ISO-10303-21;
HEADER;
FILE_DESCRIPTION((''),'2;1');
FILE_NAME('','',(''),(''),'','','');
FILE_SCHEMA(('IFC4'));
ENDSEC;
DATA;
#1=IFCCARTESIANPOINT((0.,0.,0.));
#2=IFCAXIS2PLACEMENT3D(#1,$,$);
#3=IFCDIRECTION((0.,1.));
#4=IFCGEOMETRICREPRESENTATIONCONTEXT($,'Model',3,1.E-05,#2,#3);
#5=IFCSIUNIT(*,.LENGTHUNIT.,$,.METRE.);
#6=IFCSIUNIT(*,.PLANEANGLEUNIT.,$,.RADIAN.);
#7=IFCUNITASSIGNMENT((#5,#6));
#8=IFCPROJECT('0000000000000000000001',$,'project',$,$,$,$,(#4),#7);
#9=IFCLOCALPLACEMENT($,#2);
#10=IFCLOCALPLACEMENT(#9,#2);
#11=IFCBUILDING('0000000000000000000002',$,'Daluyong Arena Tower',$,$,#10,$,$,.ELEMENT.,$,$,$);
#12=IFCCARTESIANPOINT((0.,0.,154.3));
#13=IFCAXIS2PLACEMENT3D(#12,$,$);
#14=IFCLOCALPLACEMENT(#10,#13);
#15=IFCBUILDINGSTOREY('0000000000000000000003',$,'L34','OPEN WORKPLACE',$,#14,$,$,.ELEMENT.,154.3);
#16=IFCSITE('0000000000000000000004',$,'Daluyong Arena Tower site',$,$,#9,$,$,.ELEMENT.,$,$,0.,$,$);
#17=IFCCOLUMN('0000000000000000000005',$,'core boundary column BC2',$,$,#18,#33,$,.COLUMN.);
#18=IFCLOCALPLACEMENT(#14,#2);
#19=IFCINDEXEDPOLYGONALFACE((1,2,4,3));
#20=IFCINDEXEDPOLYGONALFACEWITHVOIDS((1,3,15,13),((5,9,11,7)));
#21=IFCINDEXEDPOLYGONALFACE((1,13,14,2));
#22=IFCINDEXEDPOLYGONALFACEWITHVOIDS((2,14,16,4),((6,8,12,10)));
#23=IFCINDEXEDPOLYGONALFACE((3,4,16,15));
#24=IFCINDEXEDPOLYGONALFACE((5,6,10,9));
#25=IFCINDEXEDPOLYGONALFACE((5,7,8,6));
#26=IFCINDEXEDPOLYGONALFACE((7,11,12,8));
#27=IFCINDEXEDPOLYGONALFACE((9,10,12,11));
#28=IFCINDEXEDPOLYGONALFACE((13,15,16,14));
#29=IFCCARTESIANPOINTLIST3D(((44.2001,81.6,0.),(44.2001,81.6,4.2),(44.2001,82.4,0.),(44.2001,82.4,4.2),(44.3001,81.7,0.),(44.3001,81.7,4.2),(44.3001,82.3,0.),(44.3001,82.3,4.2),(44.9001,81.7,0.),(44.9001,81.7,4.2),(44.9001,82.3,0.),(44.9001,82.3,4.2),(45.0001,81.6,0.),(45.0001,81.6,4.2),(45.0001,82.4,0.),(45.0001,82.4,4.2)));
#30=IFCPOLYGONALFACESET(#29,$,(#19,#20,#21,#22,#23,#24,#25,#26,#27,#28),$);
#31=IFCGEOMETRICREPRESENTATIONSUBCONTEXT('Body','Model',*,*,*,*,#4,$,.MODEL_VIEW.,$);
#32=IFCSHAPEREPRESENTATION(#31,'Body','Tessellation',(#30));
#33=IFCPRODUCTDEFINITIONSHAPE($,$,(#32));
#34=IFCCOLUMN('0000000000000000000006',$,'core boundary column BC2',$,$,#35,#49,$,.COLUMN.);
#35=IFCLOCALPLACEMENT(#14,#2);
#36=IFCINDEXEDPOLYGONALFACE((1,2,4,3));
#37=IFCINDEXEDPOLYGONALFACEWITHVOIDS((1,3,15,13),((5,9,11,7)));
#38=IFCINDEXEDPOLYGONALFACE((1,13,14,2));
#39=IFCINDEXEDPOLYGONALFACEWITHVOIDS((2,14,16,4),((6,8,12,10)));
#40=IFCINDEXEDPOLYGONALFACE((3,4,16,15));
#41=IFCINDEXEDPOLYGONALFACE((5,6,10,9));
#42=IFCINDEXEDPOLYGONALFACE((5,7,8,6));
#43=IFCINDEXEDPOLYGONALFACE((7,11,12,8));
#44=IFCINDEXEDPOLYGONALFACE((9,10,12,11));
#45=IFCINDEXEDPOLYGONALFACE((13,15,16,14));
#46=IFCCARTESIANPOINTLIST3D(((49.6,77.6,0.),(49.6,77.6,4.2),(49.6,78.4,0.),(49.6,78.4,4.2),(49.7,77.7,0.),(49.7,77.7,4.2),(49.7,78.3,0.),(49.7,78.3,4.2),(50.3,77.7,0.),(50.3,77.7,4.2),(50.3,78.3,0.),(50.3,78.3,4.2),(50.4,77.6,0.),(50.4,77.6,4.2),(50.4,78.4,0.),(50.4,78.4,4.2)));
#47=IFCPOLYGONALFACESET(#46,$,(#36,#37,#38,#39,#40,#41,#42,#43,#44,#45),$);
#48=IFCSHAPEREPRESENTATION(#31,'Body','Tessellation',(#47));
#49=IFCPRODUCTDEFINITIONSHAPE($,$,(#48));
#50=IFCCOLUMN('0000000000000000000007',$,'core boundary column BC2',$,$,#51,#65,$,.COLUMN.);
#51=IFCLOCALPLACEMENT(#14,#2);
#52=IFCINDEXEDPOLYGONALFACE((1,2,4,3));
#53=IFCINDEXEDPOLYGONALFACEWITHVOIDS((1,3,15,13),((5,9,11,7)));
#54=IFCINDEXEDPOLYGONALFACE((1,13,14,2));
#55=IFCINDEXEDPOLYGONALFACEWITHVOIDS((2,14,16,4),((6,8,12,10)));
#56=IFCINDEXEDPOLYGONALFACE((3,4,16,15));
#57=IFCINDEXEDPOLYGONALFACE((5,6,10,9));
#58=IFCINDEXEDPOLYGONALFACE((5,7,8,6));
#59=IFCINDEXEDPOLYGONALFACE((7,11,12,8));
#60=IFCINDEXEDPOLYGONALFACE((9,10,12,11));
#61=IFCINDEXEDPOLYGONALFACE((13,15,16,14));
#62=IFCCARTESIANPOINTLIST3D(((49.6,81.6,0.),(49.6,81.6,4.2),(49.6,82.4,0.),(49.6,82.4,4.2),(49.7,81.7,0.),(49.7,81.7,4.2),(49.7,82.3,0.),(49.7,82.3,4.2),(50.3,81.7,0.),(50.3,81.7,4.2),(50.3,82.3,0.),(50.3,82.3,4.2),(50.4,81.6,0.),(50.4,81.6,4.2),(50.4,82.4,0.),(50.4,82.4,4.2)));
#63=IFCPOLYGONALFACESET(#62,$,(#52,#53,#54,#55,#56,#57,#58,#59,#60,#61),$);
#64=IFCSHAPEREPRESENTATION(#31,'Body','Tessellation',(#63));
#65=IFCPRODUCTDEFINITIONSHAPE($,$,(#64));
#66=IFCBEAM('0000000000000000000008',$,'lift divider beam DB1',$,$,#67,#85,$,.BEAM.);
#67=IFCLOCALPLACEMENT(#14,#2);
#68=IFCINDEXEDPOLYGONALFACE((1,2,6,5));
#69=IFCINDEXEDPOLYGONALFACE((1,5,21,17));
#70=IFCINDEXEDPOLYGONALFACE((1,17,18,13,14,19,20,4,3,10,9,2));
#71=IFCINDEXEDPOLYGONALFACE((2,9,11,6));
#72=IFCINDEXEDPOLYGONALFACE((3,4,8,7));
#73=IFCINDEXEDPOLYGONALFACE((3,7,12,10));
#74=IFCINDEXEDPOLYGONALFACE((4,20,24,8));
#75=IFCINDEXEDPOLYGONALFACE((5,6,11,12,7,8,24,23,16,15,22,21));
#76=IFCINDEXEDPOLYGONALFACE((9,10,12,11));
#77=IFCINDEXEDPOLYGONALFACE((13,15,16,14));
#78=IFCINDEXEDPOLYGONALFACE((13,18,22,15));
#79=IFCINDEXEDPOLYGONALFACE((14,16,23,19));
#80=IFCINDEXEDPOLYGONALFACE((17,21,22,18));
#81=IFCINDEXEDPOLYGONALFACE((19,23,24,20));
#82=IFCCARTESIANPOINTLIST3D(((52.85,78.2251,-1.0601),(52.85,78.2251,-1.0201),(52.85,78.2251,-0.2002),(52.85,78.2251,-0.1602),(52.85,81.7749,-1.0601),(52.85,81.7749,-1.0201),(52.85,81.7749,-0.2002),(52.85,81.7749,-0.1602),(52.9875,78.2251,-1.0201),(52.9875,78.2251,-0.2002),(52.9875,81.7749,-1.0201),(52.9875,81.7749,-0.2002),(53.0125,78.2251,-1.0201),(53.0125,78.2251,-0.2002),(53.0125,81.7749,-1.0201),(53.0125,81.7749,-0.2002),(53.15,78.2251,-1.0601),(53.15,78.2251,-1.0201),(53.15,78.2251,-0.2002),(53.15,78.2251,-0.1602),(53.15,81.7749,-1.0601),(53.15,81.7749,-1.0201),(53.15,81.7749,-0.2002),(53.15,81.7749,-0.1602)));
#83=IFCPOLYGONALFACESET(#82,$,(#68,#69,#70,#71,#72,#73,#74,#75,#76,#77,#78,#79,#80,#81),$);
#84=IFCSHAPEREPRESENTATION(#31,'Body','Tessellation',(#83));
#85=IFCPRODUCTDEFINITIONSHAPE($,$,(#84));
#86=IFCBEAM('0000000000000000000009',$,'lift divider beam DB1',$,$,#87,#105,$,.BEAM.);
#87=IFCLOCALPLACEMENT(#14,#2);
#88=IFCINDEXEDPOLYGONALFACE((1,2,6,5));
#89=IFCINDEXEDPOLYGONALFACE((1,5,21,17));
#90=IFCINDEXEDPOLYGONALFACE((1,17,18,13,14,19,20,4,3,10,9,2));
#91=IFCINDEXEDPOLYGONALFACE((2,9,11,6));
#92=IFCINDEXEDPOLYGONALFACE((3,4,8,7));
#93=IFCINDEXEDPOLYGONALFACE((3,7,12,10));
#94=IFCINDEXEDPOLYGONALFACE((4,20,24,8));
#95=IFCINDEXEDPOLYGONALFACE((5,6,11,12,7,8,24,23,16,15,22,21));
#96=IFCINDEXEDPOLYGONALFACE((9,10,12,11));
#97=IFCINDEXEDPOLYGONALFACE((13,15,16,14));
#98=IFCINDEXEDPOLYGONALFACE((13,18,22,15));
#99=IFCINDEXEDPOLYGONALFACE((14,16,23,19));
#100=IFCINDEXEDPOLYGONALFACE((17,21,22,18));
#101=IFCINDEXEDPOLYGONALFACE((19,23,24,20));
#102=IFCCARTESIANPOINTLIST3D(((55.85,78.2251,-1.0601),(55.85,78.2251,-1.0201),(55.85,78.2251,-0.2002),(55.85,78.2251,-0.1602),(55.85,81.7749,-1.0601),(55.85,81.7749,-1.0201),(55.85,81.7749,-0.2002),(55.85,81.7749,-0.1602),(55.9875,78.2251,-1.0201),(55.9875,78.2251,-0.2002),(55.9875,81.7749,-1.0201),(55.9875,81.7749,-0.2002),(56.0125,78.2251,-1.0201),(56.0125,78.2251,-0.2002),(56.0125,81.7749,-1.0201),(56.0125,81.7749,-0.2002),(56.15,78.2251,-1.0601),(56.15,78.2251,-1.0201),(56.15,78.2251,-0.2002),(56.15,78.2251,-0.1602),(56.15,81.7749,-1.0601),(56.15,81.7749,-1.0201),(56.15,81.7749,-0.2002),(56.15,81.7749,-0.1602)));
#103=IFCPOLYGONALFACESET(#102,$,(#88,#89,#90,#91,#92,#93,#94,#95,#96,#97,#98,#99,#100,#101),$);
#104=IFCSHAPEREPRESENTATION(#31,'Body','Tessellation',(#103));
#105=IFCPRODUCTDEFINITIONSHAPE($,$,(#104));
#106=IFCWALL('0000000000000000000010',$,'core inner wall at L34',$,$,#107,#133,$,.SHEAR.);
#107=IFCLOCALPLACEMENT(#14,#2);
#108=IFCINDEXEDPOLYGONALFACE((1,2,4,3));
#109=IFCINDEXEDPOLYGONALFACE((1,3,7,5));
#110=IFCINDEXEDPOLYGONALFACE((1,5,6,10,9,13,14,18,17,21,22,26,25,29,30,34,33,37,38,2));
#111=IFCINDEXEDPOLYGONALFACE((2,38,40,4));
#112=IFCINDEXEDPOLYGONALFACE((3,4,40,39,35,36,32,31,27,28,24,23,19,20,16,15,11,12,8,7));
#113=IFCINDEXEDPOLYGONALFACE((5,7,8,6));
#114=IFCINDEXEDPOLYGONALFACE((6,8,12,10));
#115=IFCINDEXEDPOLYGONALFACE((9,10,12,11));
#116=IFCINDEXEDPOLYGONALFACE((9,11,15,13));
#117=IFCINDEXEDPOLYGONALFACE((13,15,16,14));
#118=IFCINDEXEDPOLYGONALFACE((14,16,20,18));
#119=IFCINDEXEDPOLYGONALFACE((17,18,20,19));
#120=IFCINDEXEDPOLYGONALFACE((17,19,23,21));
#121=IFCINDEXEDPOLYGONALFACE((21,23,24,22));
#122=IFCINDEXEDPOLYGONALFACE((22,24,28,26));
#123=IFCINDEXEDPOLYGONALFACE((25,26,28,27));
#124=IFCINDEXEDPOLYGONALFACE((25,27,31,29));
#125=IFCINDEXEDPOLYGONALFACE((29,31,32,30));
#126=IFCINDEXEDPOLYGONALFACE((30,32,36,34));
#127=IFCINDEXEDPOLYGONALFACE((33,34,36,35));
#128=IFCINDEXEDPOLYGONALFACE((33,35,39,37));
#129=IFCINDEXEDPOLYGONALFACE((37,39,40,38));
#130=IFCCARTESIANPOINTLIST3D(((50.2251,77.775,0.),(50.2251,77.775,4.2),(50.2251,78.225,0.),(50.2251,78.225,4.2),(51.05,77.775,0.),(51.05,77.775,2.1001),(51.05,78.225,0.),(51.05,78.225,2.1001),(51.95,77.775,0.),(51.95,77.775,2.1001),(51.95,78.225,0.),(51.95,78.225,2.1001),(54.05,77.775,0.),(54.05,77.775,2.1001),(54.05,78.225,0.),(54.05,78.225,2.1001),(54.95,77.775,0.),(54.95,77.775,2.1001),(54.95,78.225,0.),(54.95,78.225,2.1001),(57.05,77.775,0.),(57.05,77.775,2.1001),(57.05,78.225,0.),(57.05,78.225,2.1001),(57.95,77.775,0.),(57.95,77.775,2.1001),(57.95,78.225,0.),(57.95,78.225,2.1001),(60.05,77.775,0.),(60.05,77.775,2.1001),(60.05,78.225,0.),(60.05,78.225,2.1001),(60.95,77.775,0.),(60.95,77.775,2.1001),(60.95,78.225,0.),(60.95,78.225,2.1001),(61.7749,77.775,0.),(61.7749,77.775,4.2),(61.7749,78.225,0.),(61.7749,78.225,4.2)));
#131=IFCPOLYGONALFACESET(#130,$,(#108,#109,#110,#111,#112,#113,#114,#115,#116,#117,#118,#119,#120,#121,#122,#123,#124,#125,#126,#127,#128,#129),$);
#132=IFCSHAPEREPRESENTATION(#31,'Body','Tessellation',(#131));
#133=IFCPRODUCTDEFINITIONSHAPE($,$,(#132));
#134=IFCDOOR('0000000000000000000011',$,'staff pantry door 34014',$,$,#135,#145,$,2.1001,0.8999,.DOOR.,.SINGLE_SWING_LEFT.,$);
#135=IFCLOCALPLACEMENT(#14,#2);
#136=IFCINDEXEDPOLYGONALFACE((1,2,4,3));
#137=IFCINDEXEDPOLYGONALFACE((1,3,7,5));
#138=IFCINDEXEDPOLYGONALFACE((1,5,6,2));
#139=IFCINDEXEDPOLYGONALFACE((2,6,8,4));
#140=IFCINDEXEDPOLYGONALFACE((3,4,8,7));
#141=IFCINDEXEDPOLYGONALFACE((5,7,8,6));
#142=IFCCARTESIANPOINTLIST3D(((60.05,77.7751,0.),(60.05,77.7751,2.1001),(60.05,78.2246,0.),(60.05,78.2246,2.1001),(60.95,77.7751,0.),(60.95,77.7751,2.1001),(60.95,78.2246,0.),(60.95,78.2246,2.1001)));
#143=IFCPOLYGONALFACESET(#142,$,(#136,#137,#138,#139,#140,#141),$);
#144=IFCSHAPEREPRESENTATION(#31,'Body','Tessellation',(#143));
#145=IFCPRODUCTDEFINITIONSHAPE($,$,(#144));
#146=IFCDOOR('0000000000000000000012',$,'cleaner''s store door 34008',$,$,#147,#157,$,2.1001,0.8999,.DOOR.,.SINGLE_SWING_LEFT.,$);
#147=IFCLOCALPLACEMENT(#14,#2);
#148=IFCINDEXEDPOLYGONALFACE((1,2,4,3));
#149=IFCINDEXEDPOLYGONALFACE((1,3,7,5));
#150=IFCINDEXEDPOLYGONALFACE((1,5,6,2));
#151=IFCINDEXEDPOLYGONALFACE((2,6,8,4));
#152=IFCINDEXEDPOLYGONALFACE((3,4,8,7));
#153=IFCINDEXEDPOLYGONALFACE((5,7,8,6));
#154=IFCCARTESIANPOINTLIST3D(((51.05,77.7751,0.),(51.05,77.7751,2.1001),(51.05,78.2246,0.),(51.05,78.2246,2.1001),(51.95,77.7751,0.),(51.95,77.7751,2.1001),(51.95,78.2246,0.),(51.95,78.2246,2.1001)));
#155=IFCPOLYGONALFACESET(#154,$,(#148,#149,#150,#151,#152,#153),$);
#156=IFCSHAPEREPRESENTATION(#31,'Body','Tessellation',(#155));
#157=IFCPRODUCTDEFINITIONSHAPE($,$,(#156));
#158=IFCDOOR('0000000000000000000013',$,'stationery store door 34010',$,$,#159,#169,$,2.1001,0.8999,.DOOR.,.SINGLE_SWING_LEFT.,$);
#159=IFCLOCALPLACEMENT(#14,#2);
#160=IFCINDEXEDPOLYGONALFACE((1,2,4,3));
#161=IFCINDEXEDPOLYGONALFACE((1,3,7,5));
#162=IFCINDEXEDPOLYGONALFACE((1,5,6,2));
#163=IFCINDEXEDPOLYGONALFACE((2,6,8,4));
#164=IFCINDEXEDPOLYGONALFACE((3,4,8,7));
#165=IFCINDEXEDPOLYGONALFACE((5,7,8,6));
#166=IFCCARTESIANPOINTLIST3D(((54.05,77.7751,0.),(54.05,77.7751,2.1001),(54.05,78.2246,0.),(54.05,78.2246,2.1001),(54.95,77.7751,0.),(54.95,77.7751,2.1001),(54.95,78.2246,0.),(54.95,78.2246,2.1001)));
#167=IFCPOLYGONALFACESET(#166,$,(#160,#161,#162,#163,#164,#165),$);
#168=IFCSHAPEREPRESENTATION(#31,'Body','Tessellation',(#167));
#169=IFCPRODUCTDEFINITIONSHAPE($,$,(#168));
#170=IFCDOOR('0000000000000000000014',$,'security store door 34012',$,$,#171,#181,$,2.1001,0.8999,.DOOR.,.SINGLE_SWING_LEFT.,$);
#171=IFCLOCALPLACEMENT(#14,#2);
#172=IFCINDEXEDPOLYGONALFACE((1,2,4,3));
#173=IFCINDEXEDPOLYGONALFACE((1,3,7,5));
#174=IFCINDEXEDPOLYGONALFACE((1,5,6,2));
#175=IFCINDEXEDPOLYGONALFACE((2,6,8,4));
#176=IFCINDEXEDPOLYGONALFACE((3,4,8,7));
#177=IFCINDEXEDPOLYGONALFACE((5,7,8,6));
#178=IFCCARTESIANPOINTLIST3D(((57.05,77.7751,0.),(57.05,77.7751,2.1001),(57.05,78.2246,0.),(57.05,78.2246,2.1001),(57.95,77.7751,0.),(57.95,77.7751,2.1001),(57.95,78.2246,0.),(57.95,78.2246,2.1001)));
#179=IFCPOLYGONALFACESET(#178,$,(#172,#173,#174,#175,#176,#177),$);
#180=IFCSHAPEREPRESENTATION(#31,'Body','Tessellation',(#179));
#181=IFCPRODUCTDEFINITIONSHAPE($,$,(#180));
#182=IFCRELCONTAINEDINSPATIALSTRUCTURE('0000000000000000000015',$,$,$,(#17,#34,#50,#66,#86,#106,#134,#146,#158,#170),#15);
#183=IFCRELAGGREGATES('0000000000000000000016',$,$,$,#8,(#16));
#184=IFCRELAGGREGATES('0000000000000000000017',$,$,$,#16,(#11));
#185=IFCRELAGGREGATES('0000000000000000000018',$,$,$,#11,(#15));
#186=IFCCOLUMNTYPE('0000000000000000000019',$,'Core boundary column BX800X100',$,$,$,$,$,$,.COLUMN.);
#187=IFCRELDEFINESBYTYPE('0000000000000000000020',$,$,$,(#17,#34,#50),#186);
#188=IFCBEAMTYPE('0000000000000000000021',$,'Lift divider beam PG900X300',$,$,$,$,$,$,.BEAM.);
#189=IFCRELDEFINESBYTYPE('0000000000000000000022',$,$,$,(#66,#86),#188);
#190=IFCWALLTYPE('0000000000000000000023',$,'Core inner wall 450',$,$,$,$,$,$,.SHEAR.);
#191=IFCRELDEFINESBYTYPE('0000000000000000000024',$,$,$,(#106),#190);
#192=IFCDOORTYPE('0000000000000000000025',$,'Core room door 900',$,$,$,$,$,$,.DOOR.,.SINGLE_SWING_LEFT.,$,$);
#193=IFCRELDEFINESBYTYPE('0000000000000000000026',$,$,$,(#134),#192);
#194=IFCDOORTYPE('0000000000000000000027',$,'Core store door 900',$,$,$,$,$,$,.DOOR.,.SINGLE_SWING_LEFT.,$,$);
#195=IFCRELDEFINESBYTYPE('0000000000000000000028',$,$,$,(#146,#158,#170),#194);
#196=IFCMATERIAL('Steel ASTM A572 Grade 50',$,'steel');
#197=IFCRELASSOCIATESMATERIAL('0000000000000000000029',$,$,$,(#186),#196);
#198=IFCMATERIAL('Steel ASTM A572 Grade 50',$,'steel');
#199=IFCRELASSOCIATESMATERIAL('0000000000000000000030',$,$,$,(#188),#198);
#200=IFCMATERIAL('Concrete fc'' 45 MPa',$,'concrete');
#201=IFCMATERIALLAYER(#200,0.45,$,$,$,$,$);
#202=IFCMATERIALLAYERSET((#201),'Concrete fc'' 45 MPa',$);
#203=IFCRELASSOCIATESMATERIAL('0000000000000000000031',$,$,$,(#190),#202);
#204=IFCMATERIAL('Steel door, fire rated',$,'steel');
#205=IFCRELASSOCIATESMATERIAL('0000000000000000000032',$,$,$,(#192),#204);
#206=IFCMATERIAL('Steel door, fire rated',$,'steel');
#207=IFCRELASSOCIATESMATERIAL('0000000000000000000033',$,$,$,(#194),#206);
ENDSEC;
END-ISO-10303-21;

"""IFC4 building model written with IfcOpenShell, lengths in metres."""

from ifc_helpers import new_model, si_unit, direction, frame, frame_2d, origin, origin_2d, place, context, subcontext, project, spatial, rectangle, hollow_rectangle, i_section, extrude, material, layer, layer_set, material_profile, profile_set, type_object, element, fill, save


model = new_model("IFC4")

# Units and contexts
model_context = context("Model", 3, precision=1e-05, world=origin(), true_north=direction((0.0, 1.0)))
body_context = subcontext(model_context, "Body", "Model", "MODEL_VIEW")
ifc_project = project(units=[si_unit("LENGTHUNIT", "METRE"), si_unit("PLANEANGLEUNIT", "RADIAN")], contexts=[model_context])

# Site, building, storey
site_placement = place(None, origin())
site = spatial("IfcSite", under=ifc_project, at=site_placement, Name="Daluyong Arena Tower site", CompositionType="ELEMENT", RefElevation=0.0)
building_placement = place(site_placement, origin())
building = spatial("IfcBuilding", under=site, at=building_placement, Name="Daluyong Arena Tower", CompositionType="ELEMENT")
storey_placement = place(building_placement, frame((0.0, 0.0, 154.3)))
storey = spatial("IfcBuildingStorey", under=building, at=storey_placement, Name="L34", Description="OPEN WORKPLACE", CompositionType="ELEMENT", Elevation=154.3)

# Columns
ifc_material_1 = material(Name="Steel ASTM A572 Grade 50", Category="steel")
ifc_material_profile_1 = material_profile(ifc_material_1, hollow_rectangle(XDim=0.8, YDim=0.8, WallThickness=0.1, at=origin_2d()))
ifc_profile_set_1 = profile_set([ifc_material_profile_1], Name="Steel ASTM A572 Grade 50")
column_type = type_object("IfcColumnType", Name="Core boundary column BX800X100", PredefinedType="COLUMN", material=ifc_profile_set_1)
for number, where, z_axis, x_axis, name in (
    (1, (44.6001, 82.0, 0.0), (0.0, 0.0, 1.0), (1.0, 0.0, 0.0), "core boundary column BC2"),
    (2, (50.0, 78.0, 0.0), (0.0, 0.0, 1.0), (1.0, 0.0, 0.0), "core boundary column BC2"),
    (3, (50.0, 82.0, 0.0), (0.0, 0.0, 1.0), (1.0, 0.0, 0.0), "core boundary column BC2"),
):
    element("IfcColumn", number, at=place(storey_placement, frame(where, z_axis=z_axis, x_axis=x_axis)), inside=storey, type_object=column_type, Name=name, PredefinedType="COLUMN", context=body_context, shape_type="SweptSolid", body=[
        extrude(hollow_rectangle(XDim=0.8, YDim=0.8, WallThickness=0.1, at=origin_2d()), origin(), (0.0, 0.0, 1.0), 4.2),
    ])

# Beams
ifc_material_2 = material(Name="Steel ASTM A572 Grade 50", Category="steel")
ifc_material_profile_2 = material_profile(ifc_material_2, i_section(OverallWidth=0.3, OverallDepth=0.8999, WebThickness=0.025, FlangeThickness=0.04, at=origin_2d()))
ifc_profile_set_2 = profile_set([ifc_material_profile_2], Name="Steel ASTM A572 Grade 50")
beam_type = type_object("IfcBeamType", Name="Lift divider beam PG900X300", PredefinedType="BEAM", material=ifc_profile_set_2)
for number, where, z_axis, x_axis, name in (
    (4, (53.0, 78.2251, -0.6101), (0.0, 1.0, 0.0), (-1.0, 0.0, 0.0), "lift divider beam DB1"),
    (5, (56.0, 78.2251, -0.6101), (0.0, 1.0, 0.0), (-1.0, 0.0, 0.0), "lift divider beam DB1"),
):
    element("IfcBeam", number, at=place(storey_placement, frame(where, z_axis=z_axis, x_axis=x_axis)), inside=storey, type_object=beam_type, Name=name, PredefinedType="BEAM", context=body_context, shape_type="SweptSolid", body=[
        extrude(i_section(OverallWidth=0.3, OverallDepth=0.8999, WebThickness=0.025, FlangeThickness=0.04, at=origin_2d()), origin(), (0.0, 0.0, 1.0), 3.5498),
    ])

# Wall, openings, doors
ifc_material_3 = material(Name="Concrete fc' 45 MPa", Category="concrete")
ifc_layer_1 = layer(ifc_material_3, 0.45)
ifc_layer_set_1 = layer_set([ifc_layer_1], Name="Concrete fc' 45 MPa")
wall_type_1 = type_object("IfcWallType", Name="Core inner wall 450", PredefinedType="SHEAR", material=ifc_layer_set_1)
wall_1_placement = place(storey_placement, frame((50.2251, 78.0, 0.0), z_axis=(0.0, 0.0, 1.0), x_axis=(1.0, 0.0, 0.0)))
wall_1 = element("IfcWall", 6, at=wall_1_placement, inside=storey, type_object=wall_type_1, Name="core inner wall at L34", PredefinedType="SHEAR", context=body_context, shape_type="SweptSolid", body=[
    extrude(rectangle(XDim=11.5498, YDim=0.45, at=frame_2d((5.7749, 0.0))), origin(), (0.0, 0.0, 1.0), 4.2),
])
opening_1_placement = place(wall_1_placement, frame((0.825, 0.0, 0.0)))
opening_1 = element("IfcOpeningElement", 7, at=opening_1_placement, cuts=wall_1, PredefinedType="OPENING", context=body_context, shape_type="SweptSolid", body=[
    extrude(rectangle(XDim=0.8999, YDim=2.1001, at=frame_2d((0.45, 1.05))), frame((0.0, 0.2349, 0.0), z_axis=(0.0, -1.0, 0.0), x_axis=(1.0, 0.0, 0.0)), (0.0, 0.0, 1.0), 0.47),
])
opening_2_placement = place(wall_1_placement, frame((3.825, 0.0, 0.0)))
opening_2 = element("IfcOpeningElement", 8, at=opening_2_placement, cuts=wall_1, PredefinedType="OPENING", context=body_context, shape_type="SweptSolid", body=[
    extrude(rectangle(XDim=0.8999, YDim=2.1001, at=frame_2d((0.45, 1.05))), frame((0.0, 0.2349, 0.0), z_axis=(0.0, -1.0, 0.0), x_axis=(1.0, 0.0, 0.0)), (0.0, 0.0, 1.0), 0.47),
])
opening_3_placement = place(wall_1_placement, frame((6.825, 0.0, 0.0)))
opening_3 = element("IfcOpeningElement", 9, at=opening_3_placement, cuts=wall_1, PredefinedType="OPENING", context=body_context, shape_type="SweptSolid", body=[
    extrude(rectangle(XDim=0.8999, YDim=2.1001, at=frame_2d((0.45, 1.05))), frame((0.0, 0.2349, 0.0), z_axis=(0.0, -1.0, 0.0), x_axis=(1.0, 0.0, 0.0)), (0.0, 0.0, 1.0), 0.47),
])
opening_4_placement = place(wall_1_placement, frame((9.825, 0.0, 0.0)))
opening_4 = element("IfcOpeningElement", 10, at=opening_4_placement, cuts=wall_1, PredefinedType="OPENING", context=body_context, shape_type="SweptSolid", body=[
    extrude(rectangle(XDim=0.8999, YDim=2.1001, at=frame_2d((0.45, 1.05))), frame((0.0, 0.2349, 0.0), z_axis=(0.0, -1.0, 0.0), x_axis=(1.0, 0.0, 0.0)), (0.0, 0.0, 1.0), 0.47),
])
ifc_material_4 = material(Name="Steel door, fire rated", Category="steel")
door_type_1 = type_object("IfcDoorType", Name="Core room door 900", OperationType="SINGLE_SWING_LEFT", PredefinedType="DOOR", material=ifc_material_4)
door_1_placement = place(opening_4_placement, origin())
door_1 = element("IfcDoor", 11, at=door_1_placement, inside=storey, type_object=door_type_1, Name="staff pantry door 34014", OperationType="SINGLE_SWING_LEFT", OverallHeight=2.1001, OverallWidth=0.8999, PredefinedType="DOOR", context=body_context, shape_type="SweptSolid", body=[
    extrude(rectangle(XDim=0.8999, YDim=2.1001, at=frame_2d((0.45, 1.05))), frame((0.0, 0.2246, 0.0), z_axis=(0.0, -1.0, 0.0), x_axis=(1.0, 0.0, 0.0)), (0.0, 0.0, 1.0), 0.4495),
])
fill(opening_4, door_1)
ifc_material_5 = material(Name="Steel door, fire rated", Category="steel")
door_type_2 = type_object("IfcDoorType", Name="Core store door 900", OperationType="SINGLE_SWING_LEFT", PredefinedType="DOOR", material=ifc_material_5)
door_2_placement = place(opening_1_placement, origin())
door_2 = element("IfcDoor", 12, at=door_2_placement, inside=storey, type_object=door_type_2, Name="cleaner's store door 34008", OperationType="SINGLE_SWING_LEFT", OverallHeight=2.1001, OverallWidth=0.8999, PredefinedType="DOOR", context=body_context, shape_type="SweptSolid", body=[
    extrude(rectangle(XDim=0.8999, YDim=2.1001, at=frame_2d((0.45, 1.05))), frame((0.0, 0.2246, 0.0), z_axis=(0.0, -1.0, 0.0), x_axis=(1.0, 0.0, 0.0)), (0.0, 0.0, 1.0), 0.4495),
])
fill(opening_1, door_2)
door_3_placement = place(opening_2_placement, origin())
door_3 = element("IfcDoor", 13, at=door_3_placement, inside=storey, type_object=door_type_2, Name="stationery store door 34010", OperationType="SINGLE_SWING_LEFT", OverallHeight=2.1001, OverallWidth=0.8999, PredefinedType="DOOR", context=body_context, shape_type="SweptSolid", body=[
    extrude(rectangle(XDim=0.8999, YDim=2.1001, at=frame_2d((0.45, 1.05))), frame((0.0, 0.2246, 0.0), z_axis=(0.0, -1.0, 0.0), x_axis=(1.0, 0.0, 0.0)), (0.0, 0.0, 1.0), 0.4495),
])
fill(opening_2, door_3)
door_4_placement = place(opening_3_placement, origin())
door_4 = element("IfcDoor", 14, at=door_4_placement, inside=storey, type_object=door_type_2, Name="security store door 34012", OperationType="SINGLE_SWING_LEFT", OverallHeight=2.1001, OverallWidth=0.8999, PredefinedType="DOOR", context=body_context, shape_type="SweptSolid", body=[
    extrude(rectangle(XDim=0.8999, YDim=2.1001, at=frame_2d((0.45, 1.05))), frame((0.0, 0.2246, 0.0), z_axis=(0.0, -1.0, 0.0), x_axis=(1.0, 0.0, 0.0)), (0.0, 0.0, 1.0), 0.4495),
])
fill(opening_3, door_4)

save(model, "model.ifc")
